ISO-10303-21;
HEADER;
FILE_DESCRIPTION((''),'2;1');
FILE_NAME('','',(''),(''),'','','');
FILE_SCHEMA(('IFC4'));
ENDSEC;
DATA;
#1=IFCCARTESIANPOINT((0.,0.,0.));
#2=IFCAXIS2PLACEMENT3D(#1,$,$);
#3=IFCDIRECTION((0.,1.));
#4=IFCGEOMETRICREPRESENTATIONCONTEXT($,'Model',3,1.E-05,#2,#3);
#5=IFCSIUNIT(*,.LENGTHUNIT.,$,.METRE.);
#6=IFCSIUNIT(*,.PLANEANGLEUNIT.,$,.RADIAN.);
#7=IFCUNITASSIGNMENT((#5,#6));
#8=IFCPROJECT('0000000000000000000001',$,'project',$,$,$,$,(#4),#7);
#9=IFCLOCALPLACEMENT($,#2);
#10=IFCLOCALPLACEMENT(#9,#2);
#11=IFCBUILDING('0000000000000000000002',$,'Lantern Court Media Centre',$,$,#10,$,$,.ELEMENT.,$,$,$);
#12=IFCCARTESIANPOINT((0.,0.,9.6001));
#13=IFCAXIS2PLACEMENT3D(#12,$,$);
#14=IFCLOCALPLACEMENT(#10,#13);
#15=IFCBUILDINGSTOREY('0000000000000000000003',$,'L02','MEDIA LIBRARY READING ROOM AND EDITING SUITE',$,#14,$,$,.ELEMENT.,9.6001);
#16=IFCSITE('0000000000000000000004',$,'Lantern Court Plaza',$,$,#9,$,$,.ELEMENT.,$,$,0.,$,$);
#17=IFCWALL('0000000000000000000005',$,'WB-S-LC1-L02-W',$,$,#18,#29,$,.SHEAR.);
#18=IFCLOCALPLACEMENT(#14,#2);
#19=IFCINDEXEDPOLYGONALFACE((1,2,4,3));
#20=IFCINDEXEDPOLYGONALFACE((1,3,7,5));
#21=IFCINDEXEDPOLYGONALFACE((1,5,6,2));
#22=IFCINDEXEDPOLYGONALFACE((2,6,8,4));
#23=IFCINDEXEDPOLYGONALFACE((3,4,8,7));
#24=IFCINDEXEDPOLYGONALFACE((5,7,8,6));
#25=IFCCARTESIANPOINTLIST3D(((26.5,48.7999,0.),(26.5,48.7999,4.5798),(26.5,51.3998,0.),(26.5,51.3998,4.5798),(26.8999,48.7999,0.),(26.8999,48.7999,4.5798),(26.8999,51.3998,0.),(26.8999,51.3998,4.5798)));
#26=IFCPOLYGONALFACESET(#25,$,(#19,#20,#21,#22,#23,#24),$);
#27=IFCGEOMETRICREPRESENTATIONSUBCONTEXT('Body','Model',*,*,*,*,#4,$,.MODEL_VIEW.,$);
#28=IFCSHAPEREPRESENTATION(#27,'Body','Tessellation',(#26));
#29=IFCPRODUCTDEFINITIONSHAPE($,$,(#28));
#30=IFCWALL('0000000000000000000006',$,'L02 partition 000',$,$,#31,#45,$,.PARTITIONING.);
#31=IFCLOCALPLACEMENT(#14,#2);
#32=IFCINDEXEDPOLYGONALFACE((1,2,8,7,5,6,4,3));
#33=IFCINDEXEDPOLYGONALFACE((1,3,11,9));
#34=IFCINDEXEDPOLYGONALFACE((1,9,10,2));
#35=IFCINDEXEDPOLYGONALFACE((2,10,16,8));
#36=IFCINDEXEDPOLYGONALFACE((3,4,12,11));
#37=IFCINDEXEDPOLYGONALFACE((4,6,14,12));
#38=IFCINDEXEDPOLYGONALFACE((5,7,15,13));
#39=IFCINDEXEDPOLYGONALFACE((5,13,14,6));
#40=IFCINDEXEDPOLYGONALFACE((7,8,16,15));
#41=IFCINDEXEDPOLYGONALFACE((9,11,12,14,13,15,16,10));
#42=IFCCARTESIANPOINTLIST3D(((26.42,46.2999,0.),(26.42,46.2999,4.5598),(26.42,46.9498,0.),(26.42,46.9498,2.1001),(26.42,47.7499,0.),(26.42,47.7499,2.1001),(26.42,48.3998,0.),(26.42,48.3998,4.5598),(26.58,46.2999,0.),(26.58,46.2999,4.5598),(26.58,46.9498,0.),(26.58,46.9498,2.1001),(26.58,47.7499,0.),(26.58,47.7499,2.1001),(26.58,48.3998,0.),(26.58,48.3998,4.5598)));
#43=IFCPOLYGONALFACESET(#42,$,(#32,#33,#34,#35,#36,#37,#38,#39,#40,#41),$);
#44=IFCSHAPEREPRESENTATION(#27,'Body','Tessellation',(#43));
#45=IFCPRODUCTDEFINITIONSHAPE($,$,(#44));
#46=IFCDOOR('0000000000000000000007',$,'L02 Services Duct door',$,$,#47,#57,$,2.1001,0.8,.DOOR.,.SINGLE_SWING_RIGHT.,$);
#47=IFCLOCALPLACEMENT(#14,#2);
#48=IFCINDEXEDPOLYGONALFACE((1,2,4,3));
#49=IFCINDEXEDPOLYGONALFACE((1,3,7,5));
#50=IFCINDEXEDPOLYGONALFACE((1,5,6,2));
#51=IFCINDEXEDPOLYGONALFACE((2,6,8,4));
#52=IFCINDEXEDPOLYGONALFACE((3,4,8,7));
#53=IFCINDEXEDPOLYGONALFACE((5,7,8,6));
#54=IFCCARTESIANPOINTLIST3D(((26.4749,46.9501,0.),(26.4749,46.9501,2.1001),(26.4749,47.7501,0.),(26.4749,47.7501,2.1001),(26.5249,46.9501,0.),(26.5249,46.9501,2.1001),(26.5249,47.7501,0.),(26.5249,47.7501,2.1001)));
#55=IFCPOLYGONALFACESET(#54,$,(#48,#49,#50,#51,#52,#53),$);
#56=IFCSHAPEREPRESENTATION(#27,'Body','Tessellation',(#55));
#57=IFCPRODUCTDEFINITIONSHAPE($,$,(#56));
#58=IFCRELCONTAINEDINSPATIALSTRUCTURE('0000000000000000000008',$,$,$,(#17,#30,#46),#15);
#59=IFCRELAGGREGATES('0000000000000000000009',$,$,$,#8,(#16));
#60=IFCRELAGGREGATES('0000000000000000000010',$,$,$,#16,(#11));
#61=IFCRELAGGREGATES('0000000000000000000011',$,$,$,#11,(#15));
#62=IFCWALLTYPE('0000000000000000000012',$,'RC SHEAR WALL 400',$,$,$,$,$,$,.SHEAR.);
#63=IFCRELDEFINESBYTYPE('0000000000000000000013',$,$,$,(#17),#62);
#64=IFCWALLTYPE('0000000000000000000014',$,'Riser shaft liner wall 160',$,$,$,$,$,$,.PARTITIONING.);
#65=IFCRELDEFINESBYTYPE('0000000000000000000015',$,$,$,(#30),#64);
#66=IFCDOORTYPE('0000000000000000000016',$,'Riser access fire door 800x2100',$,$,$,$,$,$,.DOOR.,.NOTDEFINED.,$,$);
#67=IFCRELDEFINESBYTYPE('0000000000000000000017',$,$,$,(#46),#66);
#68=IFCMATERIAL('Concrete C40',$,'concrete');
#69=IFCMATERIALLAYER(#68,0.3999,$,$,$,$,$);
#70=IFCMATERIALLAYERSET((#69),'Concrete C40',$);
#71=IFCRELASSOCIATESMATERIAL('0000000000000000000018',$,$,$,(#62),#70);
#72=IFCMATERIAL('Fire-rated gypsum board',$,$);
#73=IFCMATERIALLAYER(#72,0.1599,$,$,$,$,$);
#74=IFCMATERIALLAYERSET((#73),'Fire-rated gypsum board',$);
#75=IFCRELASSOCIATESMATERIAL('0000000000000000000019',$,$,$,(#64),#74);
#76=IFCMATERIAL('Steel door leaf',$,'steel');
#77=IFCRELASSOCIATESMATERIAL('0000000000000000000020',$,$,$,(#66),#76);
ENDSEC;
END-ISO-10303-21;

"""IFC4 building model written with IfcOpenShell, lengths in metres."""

from ifc_helpers import new_model, si_unit, direction, frame, frame_2d, origin, place, context, subcontext, project, spatial, rectangle, extrude, material, layer, layer_set, type_object, element, fill, save


model = new_model("IFC4")

# Units and contexts
model_context = context("Model", 3, precision=1e-05, world=origin(), true_north=direction((0.0, 1.0)))
body_context = subcontext(model_context, "Body", "Model", "MODEL_VIEW")
ifc_project = project(units=[si_unit("LENGTHUNIT", "METRE"), si_unit("PLANEANGLEUNIT", "RADIAN")], contexts=[model_context])

# Site, building, storey
site_placement = place(None, origin())
site = spatial("IfcSite", under=ifc_project, at=site_placement, Name="Lantern Court Plaza", CompositionType="ELEMENT", RefElevation=0.0)
building_placement = place(site_placement, origin())
building = spatial("IfcBuilding", under=site, at=building_placement, Name="Lantern Court Media Centre", CompositionType="ELEMENT")
storey_placement = place(building_placement, frame((0.0, 0.0, 9.6001)))
storey = spatial("IfcBuildingStorey", under=building, at=storey_placement, Name="L02", Description="MEDIA LIBRARY READING ROOM AND EDITING SUITE", CompositionType="ELEMENT", Elevation=9.6001)

# Wall
ifc_material_1 = material(Name="Concrete C40", Category="concrete")
ifc_layer_1 = layer(ifc_material_1, 0.3999)
ifc_layer_set_1 = layer_set([ifc_layer_1], Name="Concrete C40")
wall_type_1 = type_object("IfcWallType", Name="RC SHEAR WALL 400", PredefinedType="SHEAR", material=ifc_layer_set_1)
wall_1_placement = place(storey_placement, frame((26.7, 48.8, 0.0), z_axis=(0.0, 0.0, 1.0), x_axis=(0.0, 1.0, 0.0)))
element("IfcWall", 1, at=wall_1_placement, inside=storey, type_object=wall_type_1, Name="WB-S-LC1-L02-W", PredefinedType="SHEAR", context=body_context, shape_type="SweptSolid", body=[
    extrude(rectangle(XDim=2.5999, YDim=0.3999, at=frame_2d((1.2998, 0.0))), origin(), (0.0, 0.0, 1.0), 4.5798),
])

# Wall, opening, door
ifc_material_2 = material(Name="Fire-rated gypsum board")
ifc_layer_2 = layer(ifc_material_2, 0.1599)
ifc_layer_set_2 = layer_set([ifc_layer_2], Name="Fire-rated gypsum board")
wall_type_2 = type_object("IfcWallType", Name="Riser shaft liner wall 160", PredefinedType="PARTITIONING", material=ifc_layer_set_2)
wall_2_placement = place(storey_placement, frame((26.5, 46.3, 0.0), z_axis=(0.0, 0.0, 1.0), x_axis=(0.0, 1.0, 0.0)))
wall_2 = element("IfcWall", 2, at=wall_2_placement, inside=storey, type_object=wall_type_2, Name="L02 partition 000", PredefinedType="PARTITIONING", context=body_context, shape_type="SweptSolid", body=[
    extrude(rectangle(XDim=2.0999, YDim=0.1599, at=frame_2d((1.0498, 0.0))), origin(), (0.0, 0.0, 1.0), 4.5598),
])
opening_placement = place(wall_2_placement, frame((0.6499, 0.0, 0.0)))
opening = element("IfcOpeningElement", 3, at=opening_placement, cuts=wall_2, PredefinedType="OPENING", context=body_context, shape_type="SweptSolid", body=[
    extrude(rectangle(XDim=0.8, YDim=2.1001, at=frame_2d((0.3999, 1.05))), frame((0.0, 0.0898, 0.0), z_axis=(0.0, -1.0, 0.0), x_axis=(1.0, 0.0, 0.0)), (0.0, 0.0, 1.0), 0.1799),
])
ifc_material_3 = material(Name="Steel door leaf", Category="steel")
door_type = type_object("IfcDoorType", Name="Riser access fire door 800x2100", OperationType="NOTDEFINED", PredefinedType="DOOR", material=ifc_material_3)
door_placement = place(opening_placement, frame((0.8, 0.0, 0.0), z_axis=(0.0, 0.0, 1.0), x_axis=(-1.0, 0.0, 0.0)))
door = element("IfcDoor", 4, at=door_placement, inside=storey, type_object=door_type, Name="L02 Services Duct door", OperationType="SINGLE_SWING_RIGHT", OverallHeight=2.1001, OverallWidth=0.8, PredefinedType="DOOR", context=body_context, shape_type="SweptSolid", body=[
    extrude(rectangle(XDim=0.8, YDim=2.1001, at=frame_2d((0.3999, 1.05))), frame((0.0, 0.0249, 0.0), z_axis=(0.0, -1.0, 0.0), x_axis=(1.0, 0.0, 0.0)), (0.0, 0.0, 1.0), 0.05),
])
fill(opening, door)

save(model, "model.ifc")
